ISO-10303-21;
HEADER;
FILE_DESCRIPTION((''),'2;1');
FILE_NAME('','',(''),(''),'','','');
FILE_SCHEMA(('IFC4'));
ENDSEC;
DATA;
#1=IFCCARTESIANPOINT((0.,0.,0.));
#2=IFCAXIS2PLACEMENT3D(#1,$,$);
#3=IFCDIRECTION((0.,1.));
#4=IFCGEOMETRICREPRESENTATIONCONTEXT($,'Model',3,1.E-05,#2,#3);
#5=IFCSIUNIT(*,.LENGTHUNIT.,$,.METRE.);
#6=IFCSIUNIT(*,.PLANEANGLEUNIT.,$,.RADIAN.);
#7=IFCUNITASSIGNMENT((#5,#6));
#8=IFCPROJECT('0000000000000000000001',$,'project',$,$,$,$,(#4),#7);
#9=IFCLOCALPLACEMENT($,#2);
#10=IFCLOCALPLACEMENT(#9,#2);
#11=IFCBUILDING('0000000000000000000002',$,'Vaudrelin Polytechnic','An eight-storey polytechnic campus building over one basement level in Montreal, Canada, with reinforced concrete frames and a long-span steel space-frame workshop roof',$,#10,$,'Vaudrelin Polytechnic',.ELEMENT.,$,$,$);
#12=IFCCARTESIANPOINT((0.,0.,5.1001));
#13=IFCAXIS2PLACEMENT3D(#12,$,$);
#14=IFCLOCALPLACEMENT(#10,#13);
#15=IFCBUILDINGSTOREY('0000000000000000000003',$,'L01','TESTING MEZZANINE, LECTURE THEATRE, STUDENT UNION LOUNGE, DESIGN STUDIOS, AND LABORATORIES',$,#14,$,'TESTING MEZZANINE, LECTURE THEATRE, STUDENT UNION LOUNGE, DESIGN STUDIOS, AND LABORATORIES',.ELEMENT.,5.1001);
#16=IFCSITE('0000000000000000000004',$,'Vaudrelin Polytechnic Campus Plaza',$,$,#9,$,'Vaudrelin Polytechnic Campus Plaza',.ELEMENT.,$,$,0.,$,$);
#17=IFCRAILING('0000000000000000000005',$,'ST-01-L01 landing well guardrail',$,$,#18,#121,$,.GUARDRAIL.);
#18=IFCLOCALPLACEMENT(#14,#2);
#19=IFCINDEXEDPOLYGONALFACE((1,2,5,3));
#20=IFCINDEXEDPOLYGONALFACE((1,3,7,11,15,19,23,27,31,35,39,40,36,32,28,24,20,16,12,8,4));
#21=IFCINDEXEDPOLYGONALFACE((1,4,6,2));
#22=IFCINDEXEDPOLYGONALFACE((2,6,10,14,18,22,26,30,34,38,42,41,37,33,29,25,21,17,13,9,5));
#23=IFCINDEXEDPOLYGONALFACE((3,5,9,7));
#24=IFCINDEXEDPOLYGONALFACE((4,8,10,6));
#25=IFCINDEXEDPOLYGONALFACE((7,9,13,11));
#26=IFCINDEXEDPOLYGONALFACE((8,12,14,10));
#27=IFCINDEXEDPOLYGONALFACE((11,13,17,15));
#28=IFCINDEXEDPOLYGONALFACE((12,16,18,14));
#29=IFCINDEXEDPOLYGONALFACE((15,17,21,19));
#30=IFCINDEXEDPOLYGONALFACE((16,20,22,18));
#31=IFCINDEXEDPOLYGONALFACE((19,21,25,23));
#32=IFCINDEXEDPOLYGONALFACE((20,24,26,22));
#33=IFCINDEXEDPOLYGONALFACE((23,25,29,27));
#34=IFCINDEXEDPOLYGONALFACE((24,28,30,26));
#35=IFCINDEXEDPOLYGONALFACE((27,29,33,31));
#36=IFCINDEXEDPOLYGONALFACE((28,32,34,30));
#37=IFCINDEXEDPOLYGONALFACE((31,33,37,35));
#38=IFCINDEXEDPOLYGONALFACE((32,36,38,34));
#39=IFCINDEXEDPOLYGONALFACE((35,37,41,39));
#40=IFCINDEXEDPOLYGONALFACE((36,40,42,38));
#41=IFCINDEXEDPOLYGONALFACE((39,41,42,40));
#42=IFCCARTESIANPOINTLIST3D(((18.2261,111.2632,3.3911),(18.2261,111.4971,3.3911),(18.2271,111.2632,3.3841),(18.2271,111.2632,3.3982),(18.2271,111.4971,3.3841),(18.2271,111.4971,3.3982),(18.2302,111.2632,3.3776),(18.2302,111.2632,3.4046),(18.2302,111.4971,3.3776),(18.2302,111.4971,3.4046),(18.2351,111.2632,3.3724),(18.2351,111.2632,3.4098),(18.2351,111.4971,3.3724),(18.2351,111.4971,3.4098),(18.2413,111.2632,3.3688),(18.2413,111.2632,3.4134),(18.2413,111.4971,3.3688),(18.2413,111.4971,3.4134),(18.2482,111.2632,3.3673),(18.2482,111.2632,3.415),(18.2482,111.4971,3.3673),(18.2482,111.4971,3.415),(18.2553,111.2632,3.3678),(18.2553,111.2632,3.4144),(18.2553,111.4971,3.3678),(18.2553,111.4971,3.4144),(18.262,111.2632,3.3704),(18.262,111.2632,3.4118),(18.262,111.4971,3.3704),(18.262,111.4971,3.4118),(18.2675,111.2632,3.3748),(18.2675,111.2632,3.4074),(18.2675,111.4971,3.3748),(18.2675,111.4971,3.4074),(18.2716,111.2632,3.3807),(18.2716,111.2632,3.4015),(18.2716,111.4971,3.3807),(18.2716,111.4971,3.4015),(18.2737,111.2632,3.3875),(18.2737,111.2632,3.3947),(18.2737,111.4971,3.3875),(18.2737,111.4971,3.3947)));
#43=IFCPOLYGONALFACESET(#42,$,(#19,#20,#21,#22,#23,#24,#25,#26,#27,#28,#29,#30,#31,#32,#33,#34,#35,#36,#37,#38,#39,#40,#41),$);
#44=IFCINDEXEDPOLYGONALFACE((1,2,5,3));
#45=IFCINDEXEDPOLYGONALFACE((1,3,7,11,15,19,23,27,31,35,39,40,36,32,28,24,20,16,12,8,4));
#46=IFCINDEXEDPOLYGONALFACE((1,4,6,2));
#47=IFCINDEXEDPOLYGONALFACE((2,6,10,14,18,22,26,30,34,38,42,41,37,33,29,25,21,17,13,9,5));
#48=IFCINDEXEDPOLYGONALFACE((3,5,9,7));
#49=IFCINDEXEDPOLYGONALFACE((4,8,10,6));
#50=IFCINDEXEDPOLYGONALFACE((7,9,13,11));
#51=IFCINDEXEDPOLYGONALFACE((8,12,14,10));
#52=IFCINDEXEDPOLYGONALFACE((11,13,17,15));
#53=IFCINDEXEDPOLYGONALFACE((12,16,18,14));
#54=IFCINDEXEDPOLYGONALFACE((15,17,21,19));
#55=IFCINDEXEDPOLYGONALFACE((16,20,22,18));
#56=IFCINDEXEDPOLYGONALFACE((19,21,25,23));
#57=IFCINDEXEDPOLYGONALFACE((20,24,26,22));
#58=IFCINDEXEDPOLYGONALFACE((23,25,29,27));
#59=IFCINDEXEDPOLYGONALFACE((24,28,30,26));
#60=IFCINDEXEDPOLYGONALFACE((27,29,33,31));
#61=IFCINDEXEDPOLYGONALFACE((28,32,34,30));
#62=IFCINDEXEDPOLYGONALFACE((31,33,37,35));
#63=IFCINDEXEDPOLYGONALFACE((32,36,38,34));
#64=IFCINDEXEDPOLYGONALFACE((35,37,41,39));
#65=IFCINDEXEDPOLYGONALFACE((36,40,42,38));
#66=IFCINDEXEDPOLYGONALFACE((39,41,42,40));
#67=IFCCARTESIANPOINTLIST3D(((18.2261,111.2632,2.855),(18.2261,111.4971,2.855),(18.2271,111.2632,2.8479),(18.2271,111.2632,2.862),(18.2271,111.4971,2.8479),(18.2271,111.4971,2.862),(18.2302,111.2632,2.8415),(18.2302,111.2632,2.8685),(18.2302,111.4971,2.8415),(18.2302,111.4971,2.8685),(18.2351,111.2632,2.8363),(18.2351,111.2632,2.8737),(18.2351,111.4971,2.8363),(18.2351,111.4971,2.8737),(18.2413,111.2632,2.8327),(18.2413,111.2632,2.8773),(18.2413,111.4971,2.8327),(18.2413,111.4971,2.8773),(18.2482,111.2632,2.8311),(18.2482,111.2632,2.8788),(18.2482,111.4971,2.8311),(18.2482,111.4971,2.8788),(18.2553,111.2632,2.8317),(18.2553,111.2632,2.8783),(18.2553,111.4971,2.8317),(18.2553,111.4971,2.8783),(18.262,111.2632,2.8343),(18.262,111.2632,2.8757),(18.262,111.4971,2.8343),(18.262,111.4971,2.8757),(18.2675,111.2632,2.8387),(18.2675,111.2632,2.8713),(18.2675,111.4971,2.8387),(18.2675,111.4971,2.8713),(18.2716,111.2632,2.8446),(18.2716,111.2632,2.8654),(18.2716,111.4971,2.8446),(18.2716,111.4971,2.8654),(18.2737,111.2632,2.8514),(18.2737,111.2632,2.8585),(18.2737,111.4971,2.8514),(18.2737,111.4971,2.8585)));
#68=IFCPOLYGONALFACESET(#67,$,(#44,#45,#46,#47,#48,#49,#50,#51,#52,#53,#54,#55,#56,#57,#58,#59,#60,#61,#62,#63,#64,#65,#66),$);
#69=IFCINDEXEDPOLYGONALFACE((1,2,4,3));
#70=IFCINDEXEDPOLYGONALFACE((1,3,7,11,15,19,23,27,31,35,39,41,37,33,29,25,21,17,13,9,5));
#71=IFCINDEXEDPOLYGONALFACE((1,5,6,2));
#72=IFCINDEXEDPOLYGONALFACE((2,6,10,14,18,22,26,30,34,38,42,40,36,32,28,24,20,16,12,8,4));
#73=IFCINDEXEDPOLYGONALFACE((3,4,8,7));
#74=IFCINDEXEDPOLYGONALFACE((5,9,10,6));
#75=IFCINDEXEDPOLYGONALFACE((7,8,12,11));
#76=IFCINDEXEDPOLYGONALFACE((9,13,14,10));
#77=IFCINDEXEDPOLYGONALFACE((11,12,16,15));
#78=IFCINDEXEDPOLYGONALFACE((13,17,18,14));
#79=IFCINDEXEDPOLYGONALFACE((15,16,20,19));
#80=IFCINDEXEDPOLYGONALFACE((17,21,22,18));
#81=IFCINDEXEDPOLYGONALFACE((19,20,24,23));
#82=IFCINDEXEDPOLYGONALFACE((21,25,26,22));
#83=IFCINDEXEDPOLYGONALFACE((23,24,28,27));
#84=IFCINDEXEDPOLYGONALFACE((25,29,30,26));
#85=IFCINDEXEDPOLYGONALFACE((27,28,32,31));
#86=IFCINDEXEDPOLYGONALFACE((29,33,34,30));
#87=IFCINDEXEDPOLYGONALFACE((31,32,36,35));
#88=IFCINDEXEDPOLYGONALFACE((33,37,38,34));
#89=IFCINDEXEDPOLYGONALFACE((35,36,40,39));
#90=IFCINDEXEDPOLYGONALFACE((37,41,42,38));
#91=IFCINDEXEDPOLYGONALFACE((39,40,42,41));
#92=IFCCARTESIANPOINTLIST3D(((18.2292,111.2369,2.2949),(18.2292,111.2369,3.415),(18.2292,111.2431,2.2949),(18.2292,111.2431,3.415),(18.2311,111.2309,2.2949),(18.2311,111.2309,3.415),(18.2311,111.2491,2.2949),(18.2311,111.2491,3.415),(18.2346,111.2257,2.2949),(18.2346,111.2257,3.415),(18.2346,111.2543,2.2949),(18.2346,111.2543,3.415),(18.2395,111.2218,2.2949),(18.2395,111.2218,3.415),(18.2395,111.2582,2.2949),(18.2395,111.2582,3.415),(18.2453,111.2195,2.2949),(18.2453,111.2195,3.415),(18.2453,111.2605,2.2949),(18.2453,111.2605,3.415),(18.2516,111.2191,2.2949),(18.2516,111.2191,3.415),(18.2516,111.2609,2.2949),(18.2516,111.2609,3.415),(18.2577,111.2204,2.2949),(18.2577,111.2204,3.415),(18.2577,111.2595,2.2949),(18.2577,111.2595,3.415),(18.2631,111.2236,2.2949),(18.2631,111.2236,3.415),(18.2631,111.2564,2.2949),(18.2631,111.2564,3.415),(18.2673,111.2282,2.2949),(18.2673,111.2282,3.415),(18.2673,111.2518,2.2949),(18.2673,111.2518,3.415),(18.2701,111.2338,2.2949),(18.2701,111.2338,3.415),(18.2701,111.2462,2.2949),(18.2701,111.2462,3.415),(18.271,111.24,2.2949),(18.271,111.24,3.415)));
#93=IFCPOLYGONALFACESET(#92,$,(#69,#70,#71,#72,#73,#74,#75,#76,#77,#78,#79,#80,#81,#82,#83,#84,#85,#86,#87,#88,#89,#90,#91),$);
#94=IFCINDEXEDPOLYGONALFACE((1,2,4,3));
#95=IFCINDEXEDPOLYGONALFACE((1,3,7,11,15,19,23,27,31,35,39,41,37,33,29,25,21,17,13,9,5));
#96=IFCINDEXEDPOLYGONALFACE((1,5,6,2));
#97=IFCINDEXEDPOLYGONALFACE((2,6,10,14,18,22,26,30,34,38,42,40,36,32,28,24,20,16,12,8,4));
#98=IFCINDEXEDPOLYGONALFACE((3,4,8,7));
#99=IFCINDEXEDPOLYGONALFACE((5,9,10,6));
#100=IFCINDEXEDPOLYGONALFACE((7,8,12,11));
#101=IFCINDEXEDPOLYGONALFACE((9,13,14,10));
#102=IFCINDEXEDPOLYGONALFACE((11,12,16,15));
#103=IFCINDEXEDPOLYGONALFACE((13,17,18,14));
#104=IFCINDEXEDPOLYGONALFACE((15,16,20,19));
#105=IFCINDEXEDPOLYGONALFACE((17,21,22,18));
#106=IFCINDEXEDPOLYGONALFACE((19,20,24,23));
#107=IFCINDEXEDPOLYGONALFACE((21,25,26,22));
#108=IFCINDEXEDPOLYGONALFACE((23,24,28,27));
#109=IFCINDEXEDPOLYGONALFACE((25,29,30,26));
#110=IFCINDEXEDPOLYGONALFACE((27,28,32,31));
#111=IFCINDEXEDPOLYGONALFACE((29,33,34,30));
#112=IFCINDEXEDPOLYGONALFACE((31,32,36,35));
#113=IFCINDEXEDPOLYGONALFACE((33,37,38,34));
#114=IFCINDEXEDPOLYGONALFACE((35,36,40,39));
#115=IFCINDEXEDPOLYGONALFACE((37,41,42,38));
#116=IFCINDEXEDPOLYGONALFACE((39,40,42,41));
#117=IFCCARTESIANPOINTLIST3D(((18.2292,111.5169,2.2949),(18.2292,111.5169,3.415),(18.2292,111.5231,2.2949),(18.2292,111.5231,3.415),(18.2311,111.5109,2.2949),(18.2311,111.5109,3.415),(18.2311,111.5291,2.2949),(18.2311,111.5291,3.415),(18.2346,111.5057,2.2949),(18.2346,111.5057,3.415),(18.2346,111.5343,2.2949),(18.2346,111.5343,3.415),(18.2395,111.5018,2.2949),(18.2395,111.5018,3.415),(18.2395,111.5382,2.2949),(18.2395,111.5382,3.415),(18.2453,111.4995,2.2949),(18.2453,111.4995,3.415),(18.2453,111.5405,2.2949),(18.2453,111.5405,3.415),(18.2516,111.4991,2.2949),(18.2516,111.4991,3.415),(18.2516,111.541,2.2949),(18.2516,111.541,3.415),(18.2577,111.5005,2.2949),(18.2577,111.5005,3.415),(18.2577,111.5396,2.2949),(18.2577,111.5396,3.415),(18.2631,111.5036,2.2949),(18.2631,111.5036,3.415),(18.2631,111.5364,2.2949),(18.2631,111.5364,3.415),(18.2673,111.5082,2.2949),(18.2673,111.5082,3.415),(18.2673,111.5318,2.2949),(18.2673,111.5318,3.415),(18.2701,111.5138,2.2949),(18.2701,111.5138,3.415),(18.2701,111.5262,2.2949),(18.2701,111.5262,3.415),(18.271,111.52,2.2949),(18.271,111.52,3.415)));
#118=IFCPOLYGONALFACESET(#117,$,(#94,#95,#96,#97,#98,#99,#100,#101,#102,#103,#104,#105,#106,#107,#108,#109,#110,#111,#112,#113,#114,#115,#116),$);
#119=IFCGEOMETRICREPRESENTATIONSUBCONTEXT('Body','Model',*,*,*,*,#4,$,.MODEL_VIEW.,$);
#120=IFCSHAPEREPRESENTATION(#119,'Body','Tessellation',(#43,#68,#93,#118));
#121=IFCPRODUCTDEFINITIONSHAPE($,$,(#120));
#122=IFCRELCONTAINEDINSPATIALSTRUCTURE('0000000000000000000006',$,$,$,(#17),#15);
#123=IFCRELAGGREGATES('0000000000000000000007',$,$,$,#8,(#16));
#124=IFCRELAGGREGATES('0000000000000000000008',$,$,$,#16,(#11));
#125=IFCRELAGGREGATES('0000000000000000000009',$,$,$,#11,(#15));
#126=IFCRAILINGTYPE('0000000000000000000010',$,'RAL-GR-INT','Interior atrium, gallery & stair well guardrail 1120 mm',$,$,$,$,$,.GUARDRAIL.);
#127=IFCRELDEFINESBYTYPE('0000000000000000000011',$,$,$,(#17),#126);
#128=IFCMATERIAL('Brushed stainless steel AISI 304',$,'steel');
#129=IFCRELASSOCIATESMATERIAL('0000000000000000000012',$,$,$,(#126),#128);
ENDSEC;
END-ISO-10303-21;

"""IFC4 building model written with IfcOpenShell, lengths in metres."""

from ifc_helpers import new_model, si_unit, direction, frame, origin, origin_2d, place, context, subcontext, project, spatial, circle, extrude, material, type_object, element, save


model = new_model("IFC4")

# Units and contexts
model_context = context("Model", 3, precision=1e-05, world=origin(), true_north=direction((0.0, 1.0)))
body_context = subcontext(model_context, "Body", "Model", "MODEL_VIEW")
ifc_project = project(units=[si_unit("LENGTHUNIT", "METRE"), si_unit("PLANEANGLEUNIT", "RADIAN")], contexts=[model_context])

# Site, building, storey
site_placement = place(None, origin())
site = spatial("IfcSite", under=ifc_project, at=site_placement, Name="Vaudrelin Polytechnic Campus Plaza", LongName="Vaudrelin Polytechnic Campus Plaza", CompositionType="ELEMENT", RefElevation=0.0)
building_placement = place(site_placement, origin())
building = spatial("IfcBuilding", under=site, at=building_placement, Name="Vaudrelin Polytechnic", Description="An eight-storey polytechnic campus building over one basement level in Montreal, Canada, with reinforced concrete frames and a long-span steel space-frame workshop roof", LongName="Vaudrelin Polytechnic", CompositionType="ELEMENT")
storey_placement = place(building_placement, frame((0.0, 0.0, 5.1001)))
storey = spatial("IfcBuildingStorey", under=building, at=storey_placement, Name="L01", Description="TESTING MEZZANINE, LECTURE THEATRE, STUDENT UNION LOUNGE, DESIGN STUDIOS, AND LABORATORIES", LongName="TESTING MEZZANINE, LECTURE THEATRE, STUDENT UNION LOUNGE, DESIGN STUDIOS, AND LABORATORIES", CompositionType="ELEMENT", Elevation=5.1001)

# Shared definitions
ifc_material_1 = material(Name="Brushed stainless steel AISI 304", Category="steel")

# Railing
railing_type_1 = type_object("IfcRailingType", Name="RAL-GR-INT", Description="Interior atrium, gallery & stair well guardrail 1120 mm", PredefinedType="GUARDRAIL", material=ifc_material_1)
railing_1_placement = place(storey_placement, frame((18.25, 111.24, 2.2949)))
element("IfcRailing", 1, at=railing_1_placement, inside=storey, type_object=railing_type_1, Name="ST-01-L01 landing well guardrail", PredefinedType="GUARDRAIL", context=body_context, shape_type="SweptSolid", body=[
    extrude(circle(Radius=0.0239, at=origin_2d()), frame((0.0, 0.0232, 1.0962), z_axis=(0.0, 1.0, 0.0), x_axis=(-1.0, 0.0, 0.0)), (0.0, 0.0, 1.0), 0.2339),
    extrude(circle(Radius=0.0239, at=origin_2d()), frame((0.0, 0.0232, 0.5601), z_axis=(0.0, 1.0, 0.0), x_axis=(-1.0, 0.0, 0.0)), (0.0, 0.0, 1.0), 0.2339),
    extrude(circle(Radius=0.021, at=origin_2d()), origin(), (0.0, 0.0, 1.0), 1.1201),
    extrude(circle(Radius=0.021, at=origin_2d()), frame((0.0, 0.28, 0.0)), (0.0, 0.0, 1.0), 1.1201),
])

save(model, "model.ifc")
